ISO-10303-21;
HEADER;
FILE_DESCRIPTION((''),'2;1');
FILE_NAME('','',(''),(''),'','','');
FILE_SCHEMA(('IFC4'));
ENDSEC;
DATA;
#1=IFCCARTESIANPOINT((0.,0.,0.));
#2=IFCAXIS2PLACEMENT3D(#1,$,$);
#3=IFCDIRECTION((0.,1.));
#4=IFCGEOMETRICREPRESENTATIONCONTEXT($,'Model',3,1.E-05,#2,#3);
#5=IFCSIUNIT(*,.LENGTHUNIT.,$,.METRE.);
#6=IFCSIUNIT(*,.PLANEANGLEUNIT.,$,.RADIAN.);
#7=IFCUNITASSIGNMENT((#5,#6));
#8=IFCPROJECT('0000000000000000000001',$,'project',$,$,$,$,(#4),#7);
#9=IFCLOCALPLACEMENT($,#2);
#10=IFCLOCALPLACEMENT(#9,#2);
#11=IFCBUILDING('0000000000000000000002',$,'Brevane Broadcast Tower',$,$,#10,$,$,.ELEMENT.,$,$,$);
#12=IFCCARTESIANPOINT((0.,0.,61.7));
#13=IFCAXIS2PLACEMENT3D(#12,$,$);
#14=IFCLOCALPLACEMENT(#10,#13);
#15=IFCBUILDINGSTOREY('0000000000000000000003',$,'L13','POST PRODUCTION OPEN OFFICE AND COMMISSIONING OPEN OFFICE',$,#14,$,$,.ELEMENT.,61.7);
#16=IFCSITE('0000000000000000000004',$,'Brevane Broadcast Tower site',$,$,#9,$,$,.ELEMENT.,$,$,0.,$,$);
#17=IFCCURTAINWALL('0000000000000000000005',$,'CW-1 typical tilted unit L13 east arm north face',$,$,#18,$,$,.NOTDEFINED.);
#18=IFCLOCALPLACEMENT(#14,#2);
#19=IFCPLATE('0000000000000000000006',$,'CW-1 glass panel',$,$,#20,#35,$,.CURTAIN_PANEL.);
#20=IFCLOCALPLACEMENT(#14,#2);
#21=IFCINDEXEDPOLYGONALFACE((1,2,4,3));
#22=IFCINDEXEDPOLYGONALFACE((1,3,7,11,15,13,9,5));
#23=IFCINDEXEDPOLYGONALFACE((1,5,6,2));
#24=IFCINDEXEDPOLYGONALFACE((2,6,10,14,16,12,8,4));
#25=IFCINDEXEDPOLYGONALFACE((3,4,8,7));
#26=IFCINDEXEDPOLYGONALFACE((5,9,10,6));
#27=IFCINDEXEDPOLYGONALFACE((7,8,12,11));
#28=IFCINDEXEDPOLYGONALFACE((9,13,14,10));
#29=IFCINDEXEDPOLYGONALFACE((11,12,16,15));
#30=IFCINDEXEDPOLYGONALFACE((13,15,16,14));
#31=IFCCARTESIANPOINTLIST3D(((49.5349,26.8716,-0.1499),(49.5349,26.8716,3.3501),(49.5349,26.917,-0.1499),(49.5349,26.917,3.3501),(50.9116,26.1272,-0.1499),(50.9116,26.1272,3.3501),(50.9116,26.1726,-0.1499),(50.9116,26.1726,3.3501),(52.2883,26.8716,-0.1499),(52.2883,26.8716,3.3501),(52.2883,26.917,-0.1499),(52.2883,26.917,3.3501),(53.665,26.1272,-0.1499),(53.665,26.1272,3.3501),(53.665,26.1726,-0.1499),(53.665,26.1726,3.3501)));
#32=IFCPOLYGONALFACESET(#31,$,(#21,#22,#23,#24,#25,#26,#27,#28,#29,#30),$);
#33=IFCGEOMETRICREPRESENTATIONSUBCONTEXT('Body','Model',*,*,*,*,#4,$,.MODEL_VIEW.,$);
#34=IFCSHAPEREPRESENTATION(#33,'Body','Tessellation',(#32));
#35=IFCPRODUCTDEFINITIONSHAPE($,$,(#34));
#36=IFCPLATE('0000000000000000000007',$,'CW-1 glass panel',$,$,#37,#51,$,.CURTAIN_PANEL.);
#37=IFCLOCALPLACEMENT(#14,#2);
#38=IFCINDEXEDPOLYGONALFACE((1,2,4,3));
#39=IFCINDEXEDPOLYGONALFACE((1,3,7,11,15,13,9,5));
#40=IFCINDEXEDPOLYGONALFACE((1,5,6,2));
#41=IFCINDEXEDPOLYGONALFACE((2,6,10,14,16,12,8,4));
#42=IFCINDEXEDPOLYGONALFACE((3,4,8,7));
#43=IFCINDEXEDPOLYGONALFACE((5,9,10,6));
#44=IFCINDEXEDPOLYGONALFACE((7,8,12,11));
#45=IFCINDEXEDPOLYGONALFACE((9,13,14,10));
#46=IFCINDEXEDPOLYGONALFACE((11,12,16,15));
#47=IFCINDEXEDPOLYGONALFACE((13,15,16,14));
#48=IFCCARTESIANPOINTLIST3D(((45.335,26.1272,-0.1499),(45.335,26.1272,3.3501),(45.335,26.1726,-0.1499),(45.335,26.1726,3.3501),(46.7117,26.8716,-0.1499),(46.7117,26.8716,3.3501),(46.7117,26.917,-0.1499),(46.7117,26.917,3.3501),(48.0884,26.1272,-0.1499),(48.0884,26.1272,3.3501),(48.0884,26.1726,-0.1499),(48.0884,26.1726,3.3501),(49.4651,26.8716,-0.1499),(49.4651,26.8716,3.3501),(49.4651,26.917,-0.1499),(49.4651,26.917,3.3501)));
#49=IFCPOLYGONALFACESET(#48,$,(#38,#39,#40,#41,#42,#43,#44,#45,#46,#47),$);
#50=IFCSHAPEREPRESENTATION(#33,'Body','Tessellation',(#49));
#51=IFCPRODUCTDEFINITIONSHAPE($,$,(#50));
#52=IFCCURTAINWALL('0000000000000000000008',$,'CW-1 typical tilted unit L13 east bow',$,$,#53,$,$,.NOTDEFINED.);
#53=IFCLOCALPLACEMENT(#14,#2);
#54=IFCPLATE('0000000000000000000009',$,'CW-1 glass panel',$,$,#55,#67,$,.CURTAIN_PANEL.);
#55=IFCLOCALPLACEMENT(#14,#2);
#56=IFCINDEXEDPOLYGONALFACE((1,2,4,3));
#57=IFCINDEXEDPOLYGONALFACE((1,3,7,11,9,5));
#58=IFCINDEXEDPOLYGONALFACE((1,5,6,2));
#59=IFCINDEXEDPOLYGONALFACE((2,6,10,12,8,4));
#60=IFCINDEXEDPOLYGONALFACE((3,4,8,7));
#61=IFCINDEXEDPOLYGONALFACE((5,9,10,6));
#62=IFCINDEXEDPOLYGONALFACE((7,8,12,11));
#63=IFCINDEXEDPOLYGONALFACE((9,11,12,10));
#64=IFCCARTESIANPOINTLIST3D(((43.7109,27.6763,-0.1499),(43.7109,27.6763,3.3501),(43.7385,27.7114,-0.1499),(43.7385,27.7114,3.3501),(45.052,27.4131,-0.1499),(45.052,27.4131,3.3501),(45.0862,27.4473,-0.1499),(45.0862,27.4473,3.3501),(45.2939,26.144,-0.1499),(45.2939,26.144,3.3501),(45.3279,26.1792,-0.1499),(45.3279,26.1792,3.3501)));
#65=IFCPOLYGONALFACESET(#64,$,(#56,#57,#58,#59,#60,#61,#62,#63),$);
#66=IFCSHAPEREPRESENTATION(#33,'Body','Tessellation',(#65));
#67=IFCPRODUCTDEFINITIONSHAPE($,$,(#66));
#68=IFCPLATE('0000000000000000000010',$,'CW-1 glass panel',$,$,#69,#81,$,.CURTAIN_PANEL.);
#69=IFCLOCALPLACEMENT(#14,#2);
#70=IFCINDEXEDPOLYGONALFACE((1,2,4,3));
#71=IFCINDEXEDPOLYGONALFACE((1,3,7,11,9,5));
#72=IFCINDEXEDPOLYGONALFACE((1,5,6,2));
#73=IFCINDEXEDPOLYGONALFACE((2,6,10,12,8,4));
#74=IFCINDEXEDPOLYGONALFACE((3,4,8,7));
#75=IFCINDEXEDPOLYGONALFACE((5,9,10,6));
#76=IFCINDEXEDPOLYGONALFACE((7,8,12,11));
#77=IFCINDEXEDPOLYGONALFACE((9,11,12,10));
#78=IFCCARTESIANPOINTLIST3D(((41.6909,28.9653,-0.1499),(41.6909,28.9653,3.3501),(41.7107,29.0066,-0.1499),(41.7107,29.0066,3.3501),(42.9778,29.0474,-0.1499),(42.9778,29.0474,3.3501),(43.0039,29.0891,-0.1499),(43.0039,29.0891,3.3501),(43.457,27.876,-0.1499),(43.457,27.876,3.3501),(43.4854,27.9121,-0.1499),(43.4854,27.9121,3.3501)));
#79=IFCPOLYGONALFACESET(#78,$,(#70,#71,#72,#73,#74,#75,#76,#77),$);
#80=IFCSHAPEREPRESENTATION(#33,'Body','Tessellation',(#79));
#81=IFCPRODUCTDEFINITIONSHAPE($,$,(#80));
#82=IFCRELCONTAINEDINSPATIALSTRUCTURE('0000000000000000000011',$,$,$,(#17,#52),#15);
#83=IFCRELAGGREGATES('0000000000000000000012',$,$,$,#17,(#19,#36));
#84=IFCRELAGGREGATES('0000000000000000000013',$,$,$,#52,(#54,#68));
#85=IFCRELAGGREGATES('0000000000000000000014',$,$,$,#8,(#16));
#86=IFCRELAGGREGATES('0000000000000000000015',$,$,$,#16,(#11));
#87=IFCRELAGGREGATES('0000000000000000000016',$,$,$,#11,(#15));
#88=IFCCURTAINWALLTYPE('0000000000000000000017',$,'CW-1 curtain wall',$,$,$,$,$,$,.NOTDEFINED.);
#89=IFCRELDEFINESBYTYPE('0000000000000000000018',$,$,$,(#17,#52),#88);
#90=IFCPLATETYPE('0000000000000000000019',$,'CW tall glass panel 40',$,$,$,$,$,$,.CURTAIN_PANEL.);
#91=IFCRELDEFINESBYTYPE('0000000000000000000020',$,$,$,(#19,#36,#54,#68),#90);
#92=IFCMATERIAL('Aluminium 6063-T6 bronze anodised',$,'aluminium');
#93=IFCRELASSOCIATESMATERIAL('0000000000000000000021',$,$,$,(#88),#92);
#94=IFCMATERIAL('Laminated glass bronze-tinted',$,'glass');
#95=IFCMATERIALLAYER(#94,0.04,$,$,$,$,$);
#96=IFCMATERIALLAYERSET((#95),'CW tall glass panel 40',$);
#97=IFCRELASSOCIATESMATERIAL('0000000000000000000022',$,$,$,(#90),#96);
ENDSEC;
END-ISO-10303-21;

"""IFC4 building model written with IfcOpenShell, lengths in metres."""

from ifc_helpers import new_model, si_unit, direction, frame, origin, place, context, subcontext, project, spatial, polyline, outline, extrude, material, layer, layer_set, type_object, element, aggregate, save


model = new_model("IFC4")

# Units and contexts
model_context = context("Model", 3, precision=1e-05, world=origin(), true_north=direction((0.0, 1.0)))
body_context = subcontext(model_context, "Body", "Model", "MODEL_VIEW")
ifc_project = project(units=[si_unit("LENGTHUNIT", "METRE"), si_unit("PLANEANGLEUNIT", "RADIAN")], contexts=[model_context])

# Site, building, storey
site_placement = place(None, origin())
site = spatial("IfcSite", under=ifc_project, at=site_placement, Name="Brevane Broadcast Tower site", CompositionType="ELEMENT", RefElevation=0.0)
building_placement = place(site_placement, origin())
building = spatial("IfcBuilding", under=site, at=building_placement, Name="Brevane Broadcast Tower", CompositionType="ELEMENT")
storey_placement = place(building_placement, frame((0.0, 0.0, 61.7)))
storey = spatial("IfcBuildingStorey", under=building, at=storey_placement, Name="L13", Description="POST PRODUCTION OPEN OFFICE AND COMMISSIONING OPEN OFFICE", CompositionType="ELEMENT", Elevation=61.7)

# Curtain walls, plates
ifc_material_1 = material(Name="Aluminium 6063-T6 bronze anodised", Category="aluminium")
curtain_wall_type = type_object("IfcCurtainWallType", Name="CW-1 curtain wall", PredefinedType="NOTDEFINED", material=ifc_material_1)
ifc_material_2 = material(Name="Laminated glass bronze-tinted", Category="glass")
ifc_layer = layer(ifc_material_2, 0.04)
ifc_layer_set = layer_set([ifc_layer], Name="CW tall glass panel 40")
plate_type = type_object("IfcPlateType", Name="CW tall glass panel 40", PredefinedType="CURTAIN_PANEL", material=ifc_layer_set)
curtain_wall_1_placement = place(storey_placement, origin())
curtain_wall_1 = element("IfcCurtainWall", 1, at=curtain_wall_1_placement, inside=storey, type_object=curtain_wall_type, Name="CW-1 typical tilted unit L13 east arm north face", PredefinedType="NOTDEFINED")
plate_1_placement = place(storey_placement, frame((0.0, 0.0, -0.1499)))
plate_1 = element("IfcPlate", 2, at=plate_1_placement, type_object=plate_type, Name="CW-1 glass panel", PredefinedType="CURTAIN_PANEL", context=body_context, shape_type="SweptSolid", body=[
    extrude(outline(polyline([(53.665, 26.1272), (53.665, 26.1726), (52.2883, 26.917), (50.9116, 26.1726), (49.5349, 26.917), (49.5349, 26.8716), (50.9116, 26.1272), (52.2883, 26.8716), (53.665, 26.1272)])), origin(), (0.0, 0.0, 1.0), 3.5),
])
plate_2_placement = place(storey_placement, frame((0.0, 0.0, -0.1499)))
plate_2 = element("IfcPlate", 3, at=plate_2_placement, type_object=plate_type, Name="CW-1 glass panel", PredefinedType="CURTAIN_PANEL", context=body_context, shape_type="SweptSolid", body=[
    extrude(outline(polyline([(49.4651, 26.8716), (49.4651, 26.917), (48.0884, 26.1726), (46.7117, 26.917), (45.335, 26.1726), (45.335, 26.1272), (46.7117, 26.8716), (48.0884, 26.1272), (49.4651, 26.8716)])), origin(), (0.0, 0.0, 1.0), 3.5),
])
aggregate(curtain_wall_1, [plate_1, plate_2])
curtain_wall_2_placement = place(storey_placement, origin())
curtain_wall_2 = element("IfcCurtainWall", 4, at=curtain_wall_2_placement, inside=storey, type_object=curtain_wall_type, Name="CW-1 typical tilted unit L13 east bow", PredefinedType="NOTDEFINED")
plate_3_placement = place(storey_placement, frame((0.0, 0.0, -0.1499)))
plate_3 = element("IfcPlate", 5, at=plate_3_placement, type_object=plate_type, Name="CW-1 glass panel", PredefinedType="CURTAIN_PANEL", context=body_context, shape_type="SweptSolid", body=[
    extrude(outline(polyline([(45.2939, 26.144), (45.3279, 26.1792), (45.0862, 27.4473), (43.7385, 27.7114), (43.7109, 27.6763), (45.052, 27.4131), (45.2939, 26.144)])), origin(), (0.0, 0.0, 1.0), 3.5),
])
plate_4_placement = place(storey_placement, frame((0.0, 0.0, -0.1499)))
plate_4 = element("IfcPlate", 6, at=plate_4_placement, type_object=plate_type, Name="CW-1 glass panel", PredefinedType="CURTAIN_PANEL", context=body_context, shape_type="SweptSolid", body=[
    extrude(outline(polyline([(43.457, 27.876), (43.4854, 27.9121), (43.0039, 29.0891), (41.7107, 29.0066), (41.6909, 28.9653), (42.9778, 29.0474), (43.457, 27.876)])), origin(), (0.0, 0.0, 1.0), 3.5),
])
aggregate(curtain_wall_2, [plate_3, plate_4])

save(model, "model.ifc")
